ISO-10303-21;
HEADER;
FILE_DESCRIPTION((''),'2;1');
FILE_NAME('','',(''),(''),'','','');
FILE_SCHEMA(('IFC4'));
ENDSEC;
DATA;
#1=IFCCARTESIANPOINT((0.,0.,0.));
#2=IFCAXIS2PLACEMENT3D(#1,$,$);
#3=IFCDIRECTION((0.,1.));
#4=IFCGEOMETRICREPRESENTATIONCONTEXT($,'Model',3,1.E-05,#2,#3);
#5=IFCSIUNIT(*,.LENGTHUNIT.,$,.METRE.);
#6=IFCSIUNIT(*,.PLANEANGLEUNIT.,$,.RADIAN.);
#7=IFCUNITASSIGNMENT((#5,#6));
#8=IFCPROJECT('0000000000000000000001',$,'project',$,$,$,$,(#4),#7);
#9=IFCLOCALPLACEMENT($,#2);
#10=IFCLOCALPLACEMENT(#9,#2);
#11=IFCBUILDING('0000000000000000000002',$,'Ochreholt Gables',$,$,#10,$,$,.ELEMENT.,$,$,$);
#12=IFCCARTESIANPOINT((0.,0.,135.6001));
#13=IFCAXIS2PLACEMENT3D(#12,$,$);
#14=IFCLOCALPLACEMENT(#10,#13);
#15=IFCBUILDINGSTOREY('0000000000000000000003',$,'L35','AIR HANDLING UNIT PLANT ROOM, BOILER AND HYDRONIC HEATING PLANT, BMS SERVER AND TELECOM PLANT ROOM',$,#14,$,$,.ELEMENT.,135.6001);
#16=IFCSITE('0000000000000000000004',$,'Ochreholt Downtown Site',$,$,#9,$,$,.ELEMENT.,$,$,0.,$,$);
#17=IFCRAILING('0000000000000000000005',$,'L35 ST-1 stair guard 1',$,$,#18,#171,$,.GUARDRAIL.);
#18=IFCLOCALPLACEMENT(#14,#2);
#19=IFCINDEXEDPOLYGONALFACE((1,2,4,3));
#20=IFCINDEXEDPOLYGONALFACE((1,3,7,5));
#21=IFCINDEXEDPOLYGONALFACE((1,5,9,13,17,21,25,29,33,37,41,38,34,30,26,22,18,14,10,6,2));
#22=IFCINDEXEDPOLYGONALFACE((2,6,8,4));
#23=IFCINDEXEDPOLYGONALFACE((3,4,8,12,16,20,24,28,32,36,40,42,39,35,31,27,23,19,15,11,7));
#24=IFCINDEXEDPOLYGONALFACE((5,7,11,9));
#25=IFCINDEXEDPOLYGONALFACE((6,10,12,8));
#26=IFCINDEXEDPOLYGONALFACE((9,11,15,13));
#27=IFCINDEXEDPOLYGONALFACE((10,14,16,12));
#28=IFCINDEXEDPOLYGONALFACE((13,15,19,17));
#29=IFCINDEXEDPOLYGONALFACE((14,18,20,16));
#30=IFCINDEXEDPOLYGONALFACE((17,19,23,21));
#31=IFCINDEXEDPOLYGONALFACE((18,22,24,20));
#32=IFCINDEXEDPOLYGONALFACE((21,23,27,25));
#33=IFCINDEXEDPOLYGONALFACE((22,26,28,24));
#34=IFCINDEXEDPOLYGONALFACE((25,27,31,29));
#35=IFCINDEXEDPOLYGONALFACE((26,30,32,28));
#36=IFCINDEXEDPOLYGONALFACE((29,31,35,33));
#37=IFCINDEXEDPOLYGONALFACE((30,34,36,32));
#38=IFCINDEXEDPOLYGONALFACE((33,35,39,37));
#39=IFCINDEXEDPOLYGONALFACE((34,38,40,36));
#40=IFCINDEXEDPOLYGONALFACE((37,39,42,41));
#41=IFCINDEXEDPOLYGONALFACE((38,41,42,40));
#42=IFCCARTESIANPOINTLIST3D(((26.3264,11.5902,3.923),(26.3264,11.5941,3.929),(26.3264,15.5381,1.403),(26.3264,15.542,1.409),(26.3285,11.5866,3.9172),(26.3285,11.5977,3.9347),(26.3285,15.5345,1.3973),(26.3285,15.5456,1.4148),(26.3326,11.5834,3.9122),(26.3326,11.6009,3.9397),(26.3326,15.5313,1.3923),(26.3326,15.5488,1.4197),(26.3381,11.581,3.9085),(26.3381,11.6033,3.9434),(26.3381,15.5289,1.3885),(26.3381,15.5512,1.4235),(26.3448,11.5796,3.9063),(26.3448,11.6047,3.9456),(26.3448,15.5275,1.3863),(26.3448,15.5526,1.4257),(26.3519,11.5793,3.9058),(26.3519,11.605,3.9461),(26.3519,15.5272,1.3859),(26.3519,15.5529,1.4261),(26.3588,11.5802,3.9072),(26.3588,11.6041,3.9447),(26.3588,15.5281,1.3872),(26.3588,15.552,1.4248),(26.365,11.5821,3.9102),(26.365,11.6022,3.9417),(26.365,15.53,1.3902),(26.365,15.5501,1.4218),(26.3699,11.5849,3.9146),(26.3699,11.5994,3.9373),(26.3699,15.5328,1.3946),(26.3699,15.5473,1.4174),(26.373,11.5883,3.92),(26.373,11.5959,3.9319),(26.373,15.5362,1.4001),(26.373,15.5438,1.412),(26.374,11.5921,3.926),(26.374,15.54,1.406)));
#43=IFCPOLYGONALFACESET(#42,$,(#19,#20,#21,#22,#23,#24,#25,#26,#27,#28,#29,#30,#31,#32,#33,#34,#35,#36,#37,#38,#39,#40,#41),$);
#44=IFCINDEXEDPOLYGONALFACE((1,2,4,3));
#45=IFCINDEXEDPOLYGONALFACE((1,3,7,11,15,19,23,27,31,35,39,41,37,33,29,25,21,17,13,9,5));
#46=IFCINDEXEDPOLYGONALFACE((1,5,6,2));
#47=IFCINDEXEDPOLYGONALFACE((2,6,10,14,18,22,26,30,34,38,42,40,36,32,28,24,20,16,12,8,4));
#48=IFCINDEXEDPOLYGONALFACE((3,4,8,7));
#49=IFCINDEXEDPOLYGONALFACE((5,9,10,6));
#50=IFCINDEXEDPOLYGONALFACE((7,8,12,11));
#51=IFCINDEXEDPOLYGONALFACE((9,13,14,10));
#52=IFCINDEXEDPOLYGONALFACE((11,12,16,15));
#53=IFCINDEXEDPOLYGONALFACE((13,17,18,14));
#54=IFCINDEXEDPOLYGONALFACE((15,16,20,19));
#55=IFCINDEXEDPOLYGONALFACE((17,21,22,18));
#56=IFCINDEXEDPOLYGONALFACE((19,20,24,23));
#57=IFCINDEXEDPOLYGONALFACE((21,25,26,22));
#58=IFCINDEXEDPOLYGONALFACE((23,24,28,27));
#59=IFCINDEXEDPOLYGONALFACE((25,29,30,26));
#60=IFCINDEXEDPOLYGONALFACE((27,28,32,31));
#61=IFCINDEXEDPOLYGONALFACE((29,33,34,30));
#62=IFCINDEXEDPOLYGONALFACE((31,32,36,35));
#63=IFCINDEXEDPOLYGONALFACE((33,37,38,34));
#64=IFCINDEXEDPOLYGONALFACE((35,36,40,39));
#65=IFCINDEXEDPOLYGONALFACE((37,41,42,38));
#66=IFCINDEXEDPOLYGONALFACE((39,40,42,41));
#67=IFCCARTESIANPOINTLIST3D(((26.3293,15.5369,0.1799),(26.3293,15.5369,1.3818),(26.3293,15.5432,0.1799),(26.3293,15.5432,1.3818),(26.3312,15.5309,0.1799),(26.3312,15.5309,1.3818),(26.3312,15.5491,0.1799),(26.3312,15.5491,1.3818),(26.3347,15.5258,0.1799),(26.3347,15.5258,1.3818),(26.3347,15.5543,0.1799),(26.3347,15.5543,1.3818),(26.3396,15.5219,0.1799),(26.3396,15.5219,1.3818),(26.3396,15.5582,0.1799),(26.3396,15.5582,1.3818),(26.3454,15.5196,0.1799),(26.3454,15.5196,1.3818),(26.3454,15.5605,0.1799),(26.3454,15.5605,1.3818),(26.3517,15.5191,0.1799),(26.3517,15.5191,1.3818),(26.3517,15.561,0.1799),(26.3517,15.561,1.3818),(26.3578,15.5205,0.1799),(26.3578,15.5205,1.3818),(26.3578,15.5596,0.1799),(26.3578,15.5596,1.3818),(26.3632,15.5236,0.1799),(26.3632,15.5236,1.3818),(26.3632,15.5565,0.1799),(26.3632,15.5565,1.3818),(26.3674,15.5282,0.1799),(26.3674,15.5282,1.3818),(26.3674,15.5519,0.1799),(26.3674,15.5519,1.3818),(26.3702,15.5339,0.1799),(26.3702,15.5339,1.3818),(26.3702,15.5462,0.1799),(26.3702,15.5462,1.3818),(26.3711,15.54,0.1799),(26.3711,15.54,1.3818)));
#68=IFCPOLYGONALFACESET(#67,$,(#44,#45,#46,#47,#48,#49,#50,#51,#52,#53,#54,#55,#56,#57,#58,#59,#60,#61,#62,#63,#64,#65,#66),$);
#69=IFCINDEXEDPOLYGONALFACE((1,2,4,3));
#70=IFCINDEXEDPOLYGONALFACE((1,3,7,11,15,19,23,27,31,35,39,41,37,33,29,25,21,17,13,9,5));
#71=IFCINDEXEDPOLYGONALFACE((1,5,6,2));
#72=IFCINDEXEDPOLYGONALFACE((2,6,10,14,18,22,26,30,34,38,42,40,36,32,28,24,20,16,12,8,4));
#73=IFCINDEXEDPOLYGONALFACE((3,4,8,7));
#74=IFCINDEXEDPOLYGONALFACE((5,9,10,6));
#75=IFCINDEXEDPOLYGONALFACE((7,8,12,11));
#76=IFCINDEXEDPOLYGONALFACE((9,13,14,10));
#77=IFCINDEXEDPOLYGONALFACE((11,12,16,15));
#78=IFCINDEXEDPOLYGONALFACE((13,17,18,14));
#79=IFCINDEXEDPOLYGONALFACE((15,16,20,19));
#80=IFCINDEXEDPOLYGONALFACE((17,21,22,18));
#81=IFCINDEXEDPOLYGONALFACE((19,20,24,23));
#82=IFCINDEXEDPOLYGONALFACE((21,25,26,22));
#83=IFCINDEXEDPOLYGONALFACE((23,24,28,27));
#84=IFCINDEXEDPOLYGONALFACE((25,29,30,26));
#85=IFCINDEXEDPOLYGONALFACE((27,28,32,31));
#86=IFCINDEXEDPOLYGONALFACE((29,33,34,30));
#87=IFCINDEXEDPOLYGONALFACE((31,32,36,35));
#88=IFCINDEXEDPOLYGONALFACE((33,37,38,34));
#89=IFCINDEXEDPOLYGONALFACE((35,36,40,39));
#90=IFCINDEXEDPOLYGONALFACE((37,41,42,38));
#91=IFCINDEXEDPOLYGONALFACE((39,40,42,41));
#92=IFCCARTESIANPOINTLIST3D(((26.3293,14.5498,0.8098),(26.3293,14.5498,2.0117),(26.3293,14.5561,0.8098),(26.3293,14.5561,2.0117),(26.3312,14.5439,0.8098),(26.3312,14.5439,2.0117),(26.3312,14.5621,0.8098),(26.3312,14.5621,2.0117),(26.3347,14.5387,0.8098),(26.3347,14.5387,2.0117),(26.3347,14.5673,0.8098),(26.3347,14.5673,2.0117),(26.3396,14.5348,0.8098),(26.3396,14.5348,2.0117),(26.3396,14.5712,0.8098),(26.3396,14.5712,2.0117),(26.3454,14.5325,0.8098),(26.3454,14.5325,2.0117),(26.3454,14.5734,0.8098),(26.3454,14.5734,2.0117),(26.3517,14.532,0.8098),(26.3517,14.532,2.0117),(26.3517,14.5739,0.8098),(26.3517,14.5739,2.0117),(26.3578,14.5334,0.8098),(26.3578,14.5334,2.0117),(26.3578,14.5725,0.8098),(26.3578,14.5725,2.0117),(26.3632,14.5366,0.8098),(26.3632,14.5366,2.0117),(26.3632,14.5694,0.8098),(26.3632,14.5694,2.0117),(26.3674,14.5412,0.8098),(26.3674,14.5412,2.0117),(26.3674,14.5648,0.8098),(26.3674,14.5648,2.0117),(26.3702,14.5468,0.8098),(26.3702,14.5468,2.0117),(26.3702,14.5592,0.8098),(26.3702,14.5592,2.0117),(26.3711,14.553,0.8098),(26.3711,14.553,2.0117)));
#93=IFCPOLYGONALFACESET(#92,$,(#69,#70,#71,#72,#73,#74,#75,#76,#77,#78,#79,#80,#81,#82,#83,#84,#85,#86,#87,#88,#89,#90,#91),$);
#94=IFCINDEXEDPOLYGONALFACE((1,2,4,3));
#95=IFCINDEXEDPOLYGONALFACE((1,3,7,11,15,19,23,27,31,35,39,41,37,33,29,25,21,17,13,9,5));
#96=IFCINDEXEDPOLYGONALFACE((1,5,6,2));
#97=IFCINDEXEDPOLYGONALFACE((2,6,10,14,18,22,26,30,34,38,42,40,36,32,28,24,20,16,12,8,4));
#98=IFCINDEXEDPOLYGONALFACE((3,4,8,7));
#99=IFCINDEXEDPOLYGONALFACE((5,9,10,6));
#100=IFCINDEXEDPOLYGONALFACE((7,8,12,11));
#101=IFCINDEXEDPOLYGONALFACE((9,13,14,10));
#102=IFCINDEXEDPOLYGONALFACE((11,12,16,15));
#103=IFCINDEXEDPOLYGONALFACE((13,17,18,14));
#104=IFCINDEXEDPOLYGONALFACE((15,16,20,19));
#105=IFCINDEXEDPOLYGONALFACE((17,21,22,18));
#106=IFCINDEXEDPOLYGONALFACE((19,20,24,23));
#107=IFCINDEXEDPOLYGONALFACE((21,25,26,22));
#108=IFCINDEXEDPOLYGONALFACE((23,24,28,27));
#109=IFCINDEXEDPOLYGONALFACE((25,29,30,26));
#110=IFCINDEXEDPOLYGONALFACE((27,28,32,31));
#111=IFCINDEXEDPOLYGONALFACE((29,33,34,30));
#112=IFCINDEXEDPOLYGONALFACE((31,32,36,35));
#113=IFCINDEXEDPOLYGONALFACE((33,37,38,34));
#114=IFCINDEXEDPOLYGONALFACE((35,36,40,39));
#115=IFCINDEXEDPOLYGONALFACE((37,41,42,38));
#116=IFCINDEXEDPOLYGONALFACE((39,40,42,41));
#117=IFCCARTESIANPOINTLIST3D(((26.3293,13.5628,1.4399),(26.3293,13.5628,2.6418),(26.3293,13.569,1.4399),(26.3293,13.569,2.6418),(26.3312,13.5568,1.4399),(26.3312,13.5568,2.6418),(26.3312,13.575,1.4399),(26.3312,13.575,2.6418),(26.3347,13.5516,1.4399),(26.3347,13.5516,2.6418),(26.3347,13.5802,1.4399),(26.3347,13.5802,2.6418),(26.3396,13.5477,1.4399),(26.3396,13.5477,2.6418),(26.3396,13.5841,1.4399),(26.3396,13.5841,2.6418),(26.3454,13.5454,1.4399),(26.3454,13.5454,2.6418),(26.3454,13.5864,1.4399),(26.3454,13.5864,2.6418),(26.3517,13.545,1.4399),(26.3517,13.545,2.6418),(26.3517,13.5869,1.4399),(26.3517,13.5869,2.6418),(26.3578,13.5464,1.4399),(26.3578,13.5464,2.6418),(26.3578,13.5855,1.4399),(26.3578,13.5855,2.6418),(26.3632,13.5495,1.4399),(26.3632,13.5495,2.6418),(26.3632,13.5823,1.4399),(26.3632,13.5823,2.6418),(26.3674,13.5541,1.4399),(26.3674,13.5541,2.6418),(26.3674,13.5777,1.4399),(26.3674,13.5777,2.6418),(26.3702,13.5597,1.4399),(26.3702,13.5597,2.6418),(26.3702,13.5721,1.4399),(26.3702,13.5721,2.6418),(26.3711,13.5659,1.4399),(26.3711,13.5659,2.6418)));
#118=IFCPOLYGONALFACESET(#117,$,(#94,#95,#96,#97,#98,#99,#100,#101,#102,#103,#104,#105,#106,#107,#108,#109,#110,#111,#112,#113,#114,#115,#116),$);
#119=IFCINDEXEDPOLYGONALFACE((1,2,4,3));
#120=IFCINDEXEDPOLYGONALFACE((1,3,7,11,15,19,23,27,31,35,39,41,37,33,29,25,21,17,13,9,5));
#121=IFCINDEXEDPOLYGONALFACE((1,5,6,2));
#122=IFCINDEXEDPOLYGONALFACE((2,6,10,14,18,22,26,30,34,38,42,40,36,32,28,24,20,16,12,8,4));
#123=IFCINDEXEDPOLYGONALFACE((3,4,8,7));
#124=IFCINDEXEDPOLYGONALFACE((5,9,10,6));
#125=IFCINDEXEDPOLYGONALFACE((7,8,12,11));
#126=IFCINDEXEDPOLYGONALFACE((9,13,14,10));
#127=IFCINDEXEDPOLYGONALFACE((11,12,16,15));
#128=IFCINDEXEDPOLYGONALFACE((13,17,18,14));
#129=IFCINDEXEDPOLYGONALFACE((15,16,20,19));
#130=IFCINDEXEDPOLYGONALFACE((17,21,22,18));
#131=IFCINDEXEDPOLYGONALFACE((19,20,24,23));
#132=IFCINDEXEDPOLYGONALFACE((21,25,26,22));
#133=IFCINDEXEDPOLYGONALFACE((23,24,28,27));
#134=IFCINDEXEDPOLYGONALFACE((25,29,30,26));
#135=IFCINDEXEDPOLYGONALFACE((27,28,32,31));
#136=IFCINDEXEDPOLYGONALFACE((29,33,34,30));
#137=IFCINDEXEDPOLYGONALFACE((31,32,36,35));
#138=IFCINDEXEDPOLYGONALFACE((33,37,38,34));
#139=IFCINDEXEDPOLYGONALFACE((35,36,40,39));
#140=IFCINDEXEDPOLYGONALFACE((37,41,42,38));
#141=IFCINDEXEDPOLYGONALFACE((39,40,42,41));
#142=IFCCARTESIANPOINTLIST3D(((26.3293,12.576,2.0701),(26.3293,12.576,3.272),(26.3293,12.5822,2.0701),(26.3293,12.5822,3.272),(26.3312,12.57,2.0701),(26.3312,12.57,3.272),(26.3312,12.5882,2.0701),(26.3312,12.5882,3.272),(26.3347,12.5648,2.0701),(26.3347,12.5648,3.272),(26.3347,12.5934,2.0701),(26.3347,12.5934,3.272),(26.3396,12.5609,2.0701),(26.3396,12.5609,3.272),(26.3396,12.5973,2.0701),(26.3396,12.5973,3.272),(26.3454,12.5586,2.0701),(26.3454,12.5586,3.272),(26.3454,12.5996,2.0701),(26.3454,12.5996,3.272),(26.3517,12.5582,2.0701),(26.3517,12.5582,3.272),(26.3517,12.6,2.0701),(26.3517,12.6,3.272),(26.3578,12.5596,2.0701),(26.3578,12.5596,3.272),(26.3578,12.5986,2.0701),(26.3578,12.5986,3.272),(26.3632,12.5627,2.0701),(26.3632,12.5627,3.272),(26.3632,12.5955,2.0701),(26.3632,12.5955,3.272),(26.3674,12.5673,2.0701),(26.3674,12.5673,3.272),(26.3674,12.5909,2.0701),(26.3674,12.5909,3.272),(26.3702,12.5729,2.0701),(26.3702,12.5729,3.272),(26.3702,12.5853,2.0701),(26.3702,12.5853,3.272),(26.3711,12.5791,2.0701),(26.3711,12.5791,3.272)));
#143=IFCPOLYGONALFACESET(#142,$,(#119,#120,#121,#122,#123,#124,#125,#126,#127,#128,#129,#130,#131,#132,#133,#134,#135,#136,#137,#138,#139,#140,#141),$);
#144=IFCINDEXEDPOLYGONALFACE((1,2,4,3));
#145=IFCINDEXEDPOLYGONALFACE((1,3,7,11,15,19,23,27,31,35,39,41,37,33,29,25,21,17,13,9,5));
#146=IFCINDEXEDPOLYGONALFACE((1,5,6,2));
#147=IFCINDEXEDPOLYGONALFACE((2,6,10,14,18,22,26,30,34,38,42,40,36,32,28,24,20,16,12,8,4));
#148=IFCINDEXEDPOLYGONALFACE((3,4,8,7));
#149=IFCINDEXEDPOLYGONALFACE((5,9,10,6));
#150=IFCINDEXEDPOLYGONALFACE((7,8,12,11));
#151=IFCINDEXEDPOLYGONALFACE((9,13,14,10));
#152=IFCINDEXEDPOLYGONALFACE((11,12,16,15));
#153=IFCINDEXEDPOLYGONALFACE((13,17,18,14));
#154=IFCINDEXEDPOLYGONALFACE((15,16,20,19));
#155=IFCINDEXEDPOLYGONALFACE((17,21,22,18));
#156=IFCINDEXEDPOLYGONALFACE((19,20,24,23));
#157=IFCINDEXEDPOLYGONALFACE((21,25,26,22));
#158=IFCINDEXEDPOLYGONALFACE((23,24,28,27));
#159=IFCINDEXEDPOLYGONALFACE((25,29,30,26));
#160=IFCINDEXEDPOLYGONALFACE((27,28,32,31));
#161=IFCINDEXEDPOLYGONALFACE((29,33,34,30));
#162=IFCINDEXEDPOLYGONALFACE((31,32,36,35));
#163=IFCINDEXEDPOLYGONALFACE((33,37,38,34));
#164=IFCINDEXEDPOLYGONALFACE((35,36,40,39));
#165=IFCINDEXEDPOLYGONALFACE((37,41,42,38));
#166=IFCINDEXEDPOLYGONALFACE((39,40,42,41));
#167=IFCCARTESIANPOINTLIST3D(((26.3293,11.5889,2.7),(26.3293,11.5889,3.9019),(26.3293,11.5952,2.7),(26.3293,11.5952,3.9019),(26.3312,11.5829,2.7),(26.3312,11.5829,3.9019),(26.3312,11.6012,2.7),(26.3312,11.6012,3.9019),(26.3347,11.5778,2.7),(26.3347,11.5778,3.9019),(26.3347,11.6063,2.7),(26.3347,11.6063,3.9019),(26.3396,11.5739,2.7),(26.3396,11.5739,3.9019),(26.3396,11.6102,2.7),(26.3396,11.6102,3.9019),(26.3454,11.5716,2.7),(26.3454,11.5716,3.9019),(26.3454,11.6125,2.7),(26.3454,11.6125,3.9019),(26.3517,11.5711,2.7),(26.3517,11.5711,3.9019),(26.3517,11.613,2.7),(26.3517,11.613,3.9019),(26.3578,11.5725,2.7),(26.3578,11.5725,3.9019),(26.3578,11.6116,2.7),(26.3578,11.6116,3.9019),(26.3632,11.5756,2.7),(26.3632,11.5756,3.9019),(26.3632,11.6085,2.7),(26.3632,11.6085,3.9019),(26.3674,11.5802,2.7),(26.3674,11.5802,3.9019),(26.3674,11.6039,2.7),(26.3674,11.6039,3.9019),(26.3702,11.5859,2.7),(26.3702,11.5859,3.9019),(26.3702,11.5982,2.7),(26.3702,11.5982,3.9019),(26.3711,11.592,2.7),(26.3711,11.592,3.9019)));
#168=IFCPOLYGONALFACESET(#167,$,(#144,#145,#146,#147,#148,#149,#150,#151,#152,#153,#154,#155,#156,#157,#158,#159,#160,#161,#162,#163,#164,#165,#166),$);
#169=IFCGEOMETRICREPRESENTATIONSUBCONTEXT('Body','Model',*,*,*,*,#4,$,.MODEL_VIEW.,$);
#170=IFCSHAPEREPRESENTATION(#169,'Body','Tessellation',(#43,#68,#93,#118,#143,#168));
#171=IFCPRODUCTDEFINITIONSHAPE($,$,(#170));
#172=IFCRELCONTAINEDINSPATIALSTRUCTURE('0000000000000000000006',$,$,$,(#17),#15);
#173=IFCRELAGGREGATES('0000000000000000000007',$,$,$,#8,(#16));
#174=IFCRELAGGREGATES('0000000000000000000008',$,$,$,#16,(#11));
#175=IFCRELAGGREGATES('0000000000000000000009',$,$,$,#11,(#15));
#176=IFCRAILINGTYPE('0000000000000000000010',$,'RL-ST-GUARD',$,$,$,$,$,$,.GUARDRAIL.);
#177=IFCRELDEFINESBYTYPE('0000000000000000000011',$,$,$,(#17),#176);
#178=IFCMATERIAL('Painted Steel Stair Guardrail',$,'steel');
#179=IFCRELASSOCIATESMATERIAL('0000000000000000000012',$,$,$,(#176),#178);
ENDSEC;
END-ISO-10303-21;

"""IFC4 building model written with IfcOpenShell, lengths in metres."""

from ifc_helpers import new_model, si_unit, direction, frame, origin, origin_2d, place, context, subcontext, project, spatial, circle, extrude, material, type_object, element, save


model = new_model("IFC4")

# Units and contexts
model_context = context("Model", 3, precision=1e-05, world=origin(), true_north=direction((0.0, 1.0)))
body_context = subcontext(model_context, "Body", "Model", "MODEL_VIEW")
ifc_project = project(units=[si_unit("LENGTHUNIT", "METRE"), si_unit("PLANEANGLEUNIT", "RADIAN")], contexts=[model_context])

# Site, building, storey
site_placement = place(None, origin())
site = spatial("IfcSite", under=ifc_project, at=site_placement, Name="Ochreholt Downtown Site", CompositionType="ELEMENT", RefElevation=0.0)
building_placement = place(site_placement, origin())
building = spatial("IfcBuilding", under=site, at=building_placement, Name="Ochreholt Gables", CompositionType="ELEMENT")
storey_placement = place(building_placement, frame((0.0, 0.0, 135.6001)))
storey = spatial("IfcBuildingStorey", under=building, at=storey_placement, Name="L35", Description="AIR HANDLING UNIT PLANT ROOM, BOILER AND HYDRONIC HEATING PLANT, BMS SERVER AND TELECOM PLANT ROOM", CompositionType="ELEMENT", Elevation=135.6001)

# Railing
ifc_material_1 = material(Name="Painted Steel Stair Guardrail", Category="steel")
railing_type_1 = type_object("IfcRailingType", Name="RL-ST-GUARD", PredefinedType="GUARDRAIL", material=ifc_material_1)
railing_1_placement = place(storey_placement, frame((26.3501, 15.54, 0.1799)))
element("IfcRailing", 1, at=railing_1_placement, inside=storey, type_object=railing_type_1, Name="L35 ST-1 stair guard 1", PredefinedType="GUARDRAIL", context=body_context, shape_type="SweptSolid", body=[
    extrude(circle(Radius=0.0239, at=origin_2d()), frame((0.0, 0.0, 1.2261), z_axis=(0.0, -0.84292, 0.538039), x_axis=(1.0, 0.0, 0.0)), (0.0, 0.0, 1.0), 4.6836),
    extrude(circle(Radius=0.021, at=origin_2d()), origin(), (0.0, 0.0, 1.0), 1.2019),
    extrude(circle(Radius=0.021, at=origin_2d()), frame((0.0, -0.9871, 0.6299)), (0.0, 0.0, 1.0), 1.2019),
    extrude(circle(Radius=0.021, at=origin_2d()), frame((0.0, -1.9741, 1.26)), (0.0, 0.0, 1.0), 1.2019),
    extrude(circle(Radius=0.021, at=origin_2d()), frame((0.0, -2.9609, 1.8901)), (0.0, 0.0, 1.0), 1.2019),
    extrude(circle(Radius=0.021, at=origin_2d()), frame((0.0, -3.948, 2.52)), (0.0, 0.0, 1.0), 1.2019),
])

save(model, "model.ifc")
